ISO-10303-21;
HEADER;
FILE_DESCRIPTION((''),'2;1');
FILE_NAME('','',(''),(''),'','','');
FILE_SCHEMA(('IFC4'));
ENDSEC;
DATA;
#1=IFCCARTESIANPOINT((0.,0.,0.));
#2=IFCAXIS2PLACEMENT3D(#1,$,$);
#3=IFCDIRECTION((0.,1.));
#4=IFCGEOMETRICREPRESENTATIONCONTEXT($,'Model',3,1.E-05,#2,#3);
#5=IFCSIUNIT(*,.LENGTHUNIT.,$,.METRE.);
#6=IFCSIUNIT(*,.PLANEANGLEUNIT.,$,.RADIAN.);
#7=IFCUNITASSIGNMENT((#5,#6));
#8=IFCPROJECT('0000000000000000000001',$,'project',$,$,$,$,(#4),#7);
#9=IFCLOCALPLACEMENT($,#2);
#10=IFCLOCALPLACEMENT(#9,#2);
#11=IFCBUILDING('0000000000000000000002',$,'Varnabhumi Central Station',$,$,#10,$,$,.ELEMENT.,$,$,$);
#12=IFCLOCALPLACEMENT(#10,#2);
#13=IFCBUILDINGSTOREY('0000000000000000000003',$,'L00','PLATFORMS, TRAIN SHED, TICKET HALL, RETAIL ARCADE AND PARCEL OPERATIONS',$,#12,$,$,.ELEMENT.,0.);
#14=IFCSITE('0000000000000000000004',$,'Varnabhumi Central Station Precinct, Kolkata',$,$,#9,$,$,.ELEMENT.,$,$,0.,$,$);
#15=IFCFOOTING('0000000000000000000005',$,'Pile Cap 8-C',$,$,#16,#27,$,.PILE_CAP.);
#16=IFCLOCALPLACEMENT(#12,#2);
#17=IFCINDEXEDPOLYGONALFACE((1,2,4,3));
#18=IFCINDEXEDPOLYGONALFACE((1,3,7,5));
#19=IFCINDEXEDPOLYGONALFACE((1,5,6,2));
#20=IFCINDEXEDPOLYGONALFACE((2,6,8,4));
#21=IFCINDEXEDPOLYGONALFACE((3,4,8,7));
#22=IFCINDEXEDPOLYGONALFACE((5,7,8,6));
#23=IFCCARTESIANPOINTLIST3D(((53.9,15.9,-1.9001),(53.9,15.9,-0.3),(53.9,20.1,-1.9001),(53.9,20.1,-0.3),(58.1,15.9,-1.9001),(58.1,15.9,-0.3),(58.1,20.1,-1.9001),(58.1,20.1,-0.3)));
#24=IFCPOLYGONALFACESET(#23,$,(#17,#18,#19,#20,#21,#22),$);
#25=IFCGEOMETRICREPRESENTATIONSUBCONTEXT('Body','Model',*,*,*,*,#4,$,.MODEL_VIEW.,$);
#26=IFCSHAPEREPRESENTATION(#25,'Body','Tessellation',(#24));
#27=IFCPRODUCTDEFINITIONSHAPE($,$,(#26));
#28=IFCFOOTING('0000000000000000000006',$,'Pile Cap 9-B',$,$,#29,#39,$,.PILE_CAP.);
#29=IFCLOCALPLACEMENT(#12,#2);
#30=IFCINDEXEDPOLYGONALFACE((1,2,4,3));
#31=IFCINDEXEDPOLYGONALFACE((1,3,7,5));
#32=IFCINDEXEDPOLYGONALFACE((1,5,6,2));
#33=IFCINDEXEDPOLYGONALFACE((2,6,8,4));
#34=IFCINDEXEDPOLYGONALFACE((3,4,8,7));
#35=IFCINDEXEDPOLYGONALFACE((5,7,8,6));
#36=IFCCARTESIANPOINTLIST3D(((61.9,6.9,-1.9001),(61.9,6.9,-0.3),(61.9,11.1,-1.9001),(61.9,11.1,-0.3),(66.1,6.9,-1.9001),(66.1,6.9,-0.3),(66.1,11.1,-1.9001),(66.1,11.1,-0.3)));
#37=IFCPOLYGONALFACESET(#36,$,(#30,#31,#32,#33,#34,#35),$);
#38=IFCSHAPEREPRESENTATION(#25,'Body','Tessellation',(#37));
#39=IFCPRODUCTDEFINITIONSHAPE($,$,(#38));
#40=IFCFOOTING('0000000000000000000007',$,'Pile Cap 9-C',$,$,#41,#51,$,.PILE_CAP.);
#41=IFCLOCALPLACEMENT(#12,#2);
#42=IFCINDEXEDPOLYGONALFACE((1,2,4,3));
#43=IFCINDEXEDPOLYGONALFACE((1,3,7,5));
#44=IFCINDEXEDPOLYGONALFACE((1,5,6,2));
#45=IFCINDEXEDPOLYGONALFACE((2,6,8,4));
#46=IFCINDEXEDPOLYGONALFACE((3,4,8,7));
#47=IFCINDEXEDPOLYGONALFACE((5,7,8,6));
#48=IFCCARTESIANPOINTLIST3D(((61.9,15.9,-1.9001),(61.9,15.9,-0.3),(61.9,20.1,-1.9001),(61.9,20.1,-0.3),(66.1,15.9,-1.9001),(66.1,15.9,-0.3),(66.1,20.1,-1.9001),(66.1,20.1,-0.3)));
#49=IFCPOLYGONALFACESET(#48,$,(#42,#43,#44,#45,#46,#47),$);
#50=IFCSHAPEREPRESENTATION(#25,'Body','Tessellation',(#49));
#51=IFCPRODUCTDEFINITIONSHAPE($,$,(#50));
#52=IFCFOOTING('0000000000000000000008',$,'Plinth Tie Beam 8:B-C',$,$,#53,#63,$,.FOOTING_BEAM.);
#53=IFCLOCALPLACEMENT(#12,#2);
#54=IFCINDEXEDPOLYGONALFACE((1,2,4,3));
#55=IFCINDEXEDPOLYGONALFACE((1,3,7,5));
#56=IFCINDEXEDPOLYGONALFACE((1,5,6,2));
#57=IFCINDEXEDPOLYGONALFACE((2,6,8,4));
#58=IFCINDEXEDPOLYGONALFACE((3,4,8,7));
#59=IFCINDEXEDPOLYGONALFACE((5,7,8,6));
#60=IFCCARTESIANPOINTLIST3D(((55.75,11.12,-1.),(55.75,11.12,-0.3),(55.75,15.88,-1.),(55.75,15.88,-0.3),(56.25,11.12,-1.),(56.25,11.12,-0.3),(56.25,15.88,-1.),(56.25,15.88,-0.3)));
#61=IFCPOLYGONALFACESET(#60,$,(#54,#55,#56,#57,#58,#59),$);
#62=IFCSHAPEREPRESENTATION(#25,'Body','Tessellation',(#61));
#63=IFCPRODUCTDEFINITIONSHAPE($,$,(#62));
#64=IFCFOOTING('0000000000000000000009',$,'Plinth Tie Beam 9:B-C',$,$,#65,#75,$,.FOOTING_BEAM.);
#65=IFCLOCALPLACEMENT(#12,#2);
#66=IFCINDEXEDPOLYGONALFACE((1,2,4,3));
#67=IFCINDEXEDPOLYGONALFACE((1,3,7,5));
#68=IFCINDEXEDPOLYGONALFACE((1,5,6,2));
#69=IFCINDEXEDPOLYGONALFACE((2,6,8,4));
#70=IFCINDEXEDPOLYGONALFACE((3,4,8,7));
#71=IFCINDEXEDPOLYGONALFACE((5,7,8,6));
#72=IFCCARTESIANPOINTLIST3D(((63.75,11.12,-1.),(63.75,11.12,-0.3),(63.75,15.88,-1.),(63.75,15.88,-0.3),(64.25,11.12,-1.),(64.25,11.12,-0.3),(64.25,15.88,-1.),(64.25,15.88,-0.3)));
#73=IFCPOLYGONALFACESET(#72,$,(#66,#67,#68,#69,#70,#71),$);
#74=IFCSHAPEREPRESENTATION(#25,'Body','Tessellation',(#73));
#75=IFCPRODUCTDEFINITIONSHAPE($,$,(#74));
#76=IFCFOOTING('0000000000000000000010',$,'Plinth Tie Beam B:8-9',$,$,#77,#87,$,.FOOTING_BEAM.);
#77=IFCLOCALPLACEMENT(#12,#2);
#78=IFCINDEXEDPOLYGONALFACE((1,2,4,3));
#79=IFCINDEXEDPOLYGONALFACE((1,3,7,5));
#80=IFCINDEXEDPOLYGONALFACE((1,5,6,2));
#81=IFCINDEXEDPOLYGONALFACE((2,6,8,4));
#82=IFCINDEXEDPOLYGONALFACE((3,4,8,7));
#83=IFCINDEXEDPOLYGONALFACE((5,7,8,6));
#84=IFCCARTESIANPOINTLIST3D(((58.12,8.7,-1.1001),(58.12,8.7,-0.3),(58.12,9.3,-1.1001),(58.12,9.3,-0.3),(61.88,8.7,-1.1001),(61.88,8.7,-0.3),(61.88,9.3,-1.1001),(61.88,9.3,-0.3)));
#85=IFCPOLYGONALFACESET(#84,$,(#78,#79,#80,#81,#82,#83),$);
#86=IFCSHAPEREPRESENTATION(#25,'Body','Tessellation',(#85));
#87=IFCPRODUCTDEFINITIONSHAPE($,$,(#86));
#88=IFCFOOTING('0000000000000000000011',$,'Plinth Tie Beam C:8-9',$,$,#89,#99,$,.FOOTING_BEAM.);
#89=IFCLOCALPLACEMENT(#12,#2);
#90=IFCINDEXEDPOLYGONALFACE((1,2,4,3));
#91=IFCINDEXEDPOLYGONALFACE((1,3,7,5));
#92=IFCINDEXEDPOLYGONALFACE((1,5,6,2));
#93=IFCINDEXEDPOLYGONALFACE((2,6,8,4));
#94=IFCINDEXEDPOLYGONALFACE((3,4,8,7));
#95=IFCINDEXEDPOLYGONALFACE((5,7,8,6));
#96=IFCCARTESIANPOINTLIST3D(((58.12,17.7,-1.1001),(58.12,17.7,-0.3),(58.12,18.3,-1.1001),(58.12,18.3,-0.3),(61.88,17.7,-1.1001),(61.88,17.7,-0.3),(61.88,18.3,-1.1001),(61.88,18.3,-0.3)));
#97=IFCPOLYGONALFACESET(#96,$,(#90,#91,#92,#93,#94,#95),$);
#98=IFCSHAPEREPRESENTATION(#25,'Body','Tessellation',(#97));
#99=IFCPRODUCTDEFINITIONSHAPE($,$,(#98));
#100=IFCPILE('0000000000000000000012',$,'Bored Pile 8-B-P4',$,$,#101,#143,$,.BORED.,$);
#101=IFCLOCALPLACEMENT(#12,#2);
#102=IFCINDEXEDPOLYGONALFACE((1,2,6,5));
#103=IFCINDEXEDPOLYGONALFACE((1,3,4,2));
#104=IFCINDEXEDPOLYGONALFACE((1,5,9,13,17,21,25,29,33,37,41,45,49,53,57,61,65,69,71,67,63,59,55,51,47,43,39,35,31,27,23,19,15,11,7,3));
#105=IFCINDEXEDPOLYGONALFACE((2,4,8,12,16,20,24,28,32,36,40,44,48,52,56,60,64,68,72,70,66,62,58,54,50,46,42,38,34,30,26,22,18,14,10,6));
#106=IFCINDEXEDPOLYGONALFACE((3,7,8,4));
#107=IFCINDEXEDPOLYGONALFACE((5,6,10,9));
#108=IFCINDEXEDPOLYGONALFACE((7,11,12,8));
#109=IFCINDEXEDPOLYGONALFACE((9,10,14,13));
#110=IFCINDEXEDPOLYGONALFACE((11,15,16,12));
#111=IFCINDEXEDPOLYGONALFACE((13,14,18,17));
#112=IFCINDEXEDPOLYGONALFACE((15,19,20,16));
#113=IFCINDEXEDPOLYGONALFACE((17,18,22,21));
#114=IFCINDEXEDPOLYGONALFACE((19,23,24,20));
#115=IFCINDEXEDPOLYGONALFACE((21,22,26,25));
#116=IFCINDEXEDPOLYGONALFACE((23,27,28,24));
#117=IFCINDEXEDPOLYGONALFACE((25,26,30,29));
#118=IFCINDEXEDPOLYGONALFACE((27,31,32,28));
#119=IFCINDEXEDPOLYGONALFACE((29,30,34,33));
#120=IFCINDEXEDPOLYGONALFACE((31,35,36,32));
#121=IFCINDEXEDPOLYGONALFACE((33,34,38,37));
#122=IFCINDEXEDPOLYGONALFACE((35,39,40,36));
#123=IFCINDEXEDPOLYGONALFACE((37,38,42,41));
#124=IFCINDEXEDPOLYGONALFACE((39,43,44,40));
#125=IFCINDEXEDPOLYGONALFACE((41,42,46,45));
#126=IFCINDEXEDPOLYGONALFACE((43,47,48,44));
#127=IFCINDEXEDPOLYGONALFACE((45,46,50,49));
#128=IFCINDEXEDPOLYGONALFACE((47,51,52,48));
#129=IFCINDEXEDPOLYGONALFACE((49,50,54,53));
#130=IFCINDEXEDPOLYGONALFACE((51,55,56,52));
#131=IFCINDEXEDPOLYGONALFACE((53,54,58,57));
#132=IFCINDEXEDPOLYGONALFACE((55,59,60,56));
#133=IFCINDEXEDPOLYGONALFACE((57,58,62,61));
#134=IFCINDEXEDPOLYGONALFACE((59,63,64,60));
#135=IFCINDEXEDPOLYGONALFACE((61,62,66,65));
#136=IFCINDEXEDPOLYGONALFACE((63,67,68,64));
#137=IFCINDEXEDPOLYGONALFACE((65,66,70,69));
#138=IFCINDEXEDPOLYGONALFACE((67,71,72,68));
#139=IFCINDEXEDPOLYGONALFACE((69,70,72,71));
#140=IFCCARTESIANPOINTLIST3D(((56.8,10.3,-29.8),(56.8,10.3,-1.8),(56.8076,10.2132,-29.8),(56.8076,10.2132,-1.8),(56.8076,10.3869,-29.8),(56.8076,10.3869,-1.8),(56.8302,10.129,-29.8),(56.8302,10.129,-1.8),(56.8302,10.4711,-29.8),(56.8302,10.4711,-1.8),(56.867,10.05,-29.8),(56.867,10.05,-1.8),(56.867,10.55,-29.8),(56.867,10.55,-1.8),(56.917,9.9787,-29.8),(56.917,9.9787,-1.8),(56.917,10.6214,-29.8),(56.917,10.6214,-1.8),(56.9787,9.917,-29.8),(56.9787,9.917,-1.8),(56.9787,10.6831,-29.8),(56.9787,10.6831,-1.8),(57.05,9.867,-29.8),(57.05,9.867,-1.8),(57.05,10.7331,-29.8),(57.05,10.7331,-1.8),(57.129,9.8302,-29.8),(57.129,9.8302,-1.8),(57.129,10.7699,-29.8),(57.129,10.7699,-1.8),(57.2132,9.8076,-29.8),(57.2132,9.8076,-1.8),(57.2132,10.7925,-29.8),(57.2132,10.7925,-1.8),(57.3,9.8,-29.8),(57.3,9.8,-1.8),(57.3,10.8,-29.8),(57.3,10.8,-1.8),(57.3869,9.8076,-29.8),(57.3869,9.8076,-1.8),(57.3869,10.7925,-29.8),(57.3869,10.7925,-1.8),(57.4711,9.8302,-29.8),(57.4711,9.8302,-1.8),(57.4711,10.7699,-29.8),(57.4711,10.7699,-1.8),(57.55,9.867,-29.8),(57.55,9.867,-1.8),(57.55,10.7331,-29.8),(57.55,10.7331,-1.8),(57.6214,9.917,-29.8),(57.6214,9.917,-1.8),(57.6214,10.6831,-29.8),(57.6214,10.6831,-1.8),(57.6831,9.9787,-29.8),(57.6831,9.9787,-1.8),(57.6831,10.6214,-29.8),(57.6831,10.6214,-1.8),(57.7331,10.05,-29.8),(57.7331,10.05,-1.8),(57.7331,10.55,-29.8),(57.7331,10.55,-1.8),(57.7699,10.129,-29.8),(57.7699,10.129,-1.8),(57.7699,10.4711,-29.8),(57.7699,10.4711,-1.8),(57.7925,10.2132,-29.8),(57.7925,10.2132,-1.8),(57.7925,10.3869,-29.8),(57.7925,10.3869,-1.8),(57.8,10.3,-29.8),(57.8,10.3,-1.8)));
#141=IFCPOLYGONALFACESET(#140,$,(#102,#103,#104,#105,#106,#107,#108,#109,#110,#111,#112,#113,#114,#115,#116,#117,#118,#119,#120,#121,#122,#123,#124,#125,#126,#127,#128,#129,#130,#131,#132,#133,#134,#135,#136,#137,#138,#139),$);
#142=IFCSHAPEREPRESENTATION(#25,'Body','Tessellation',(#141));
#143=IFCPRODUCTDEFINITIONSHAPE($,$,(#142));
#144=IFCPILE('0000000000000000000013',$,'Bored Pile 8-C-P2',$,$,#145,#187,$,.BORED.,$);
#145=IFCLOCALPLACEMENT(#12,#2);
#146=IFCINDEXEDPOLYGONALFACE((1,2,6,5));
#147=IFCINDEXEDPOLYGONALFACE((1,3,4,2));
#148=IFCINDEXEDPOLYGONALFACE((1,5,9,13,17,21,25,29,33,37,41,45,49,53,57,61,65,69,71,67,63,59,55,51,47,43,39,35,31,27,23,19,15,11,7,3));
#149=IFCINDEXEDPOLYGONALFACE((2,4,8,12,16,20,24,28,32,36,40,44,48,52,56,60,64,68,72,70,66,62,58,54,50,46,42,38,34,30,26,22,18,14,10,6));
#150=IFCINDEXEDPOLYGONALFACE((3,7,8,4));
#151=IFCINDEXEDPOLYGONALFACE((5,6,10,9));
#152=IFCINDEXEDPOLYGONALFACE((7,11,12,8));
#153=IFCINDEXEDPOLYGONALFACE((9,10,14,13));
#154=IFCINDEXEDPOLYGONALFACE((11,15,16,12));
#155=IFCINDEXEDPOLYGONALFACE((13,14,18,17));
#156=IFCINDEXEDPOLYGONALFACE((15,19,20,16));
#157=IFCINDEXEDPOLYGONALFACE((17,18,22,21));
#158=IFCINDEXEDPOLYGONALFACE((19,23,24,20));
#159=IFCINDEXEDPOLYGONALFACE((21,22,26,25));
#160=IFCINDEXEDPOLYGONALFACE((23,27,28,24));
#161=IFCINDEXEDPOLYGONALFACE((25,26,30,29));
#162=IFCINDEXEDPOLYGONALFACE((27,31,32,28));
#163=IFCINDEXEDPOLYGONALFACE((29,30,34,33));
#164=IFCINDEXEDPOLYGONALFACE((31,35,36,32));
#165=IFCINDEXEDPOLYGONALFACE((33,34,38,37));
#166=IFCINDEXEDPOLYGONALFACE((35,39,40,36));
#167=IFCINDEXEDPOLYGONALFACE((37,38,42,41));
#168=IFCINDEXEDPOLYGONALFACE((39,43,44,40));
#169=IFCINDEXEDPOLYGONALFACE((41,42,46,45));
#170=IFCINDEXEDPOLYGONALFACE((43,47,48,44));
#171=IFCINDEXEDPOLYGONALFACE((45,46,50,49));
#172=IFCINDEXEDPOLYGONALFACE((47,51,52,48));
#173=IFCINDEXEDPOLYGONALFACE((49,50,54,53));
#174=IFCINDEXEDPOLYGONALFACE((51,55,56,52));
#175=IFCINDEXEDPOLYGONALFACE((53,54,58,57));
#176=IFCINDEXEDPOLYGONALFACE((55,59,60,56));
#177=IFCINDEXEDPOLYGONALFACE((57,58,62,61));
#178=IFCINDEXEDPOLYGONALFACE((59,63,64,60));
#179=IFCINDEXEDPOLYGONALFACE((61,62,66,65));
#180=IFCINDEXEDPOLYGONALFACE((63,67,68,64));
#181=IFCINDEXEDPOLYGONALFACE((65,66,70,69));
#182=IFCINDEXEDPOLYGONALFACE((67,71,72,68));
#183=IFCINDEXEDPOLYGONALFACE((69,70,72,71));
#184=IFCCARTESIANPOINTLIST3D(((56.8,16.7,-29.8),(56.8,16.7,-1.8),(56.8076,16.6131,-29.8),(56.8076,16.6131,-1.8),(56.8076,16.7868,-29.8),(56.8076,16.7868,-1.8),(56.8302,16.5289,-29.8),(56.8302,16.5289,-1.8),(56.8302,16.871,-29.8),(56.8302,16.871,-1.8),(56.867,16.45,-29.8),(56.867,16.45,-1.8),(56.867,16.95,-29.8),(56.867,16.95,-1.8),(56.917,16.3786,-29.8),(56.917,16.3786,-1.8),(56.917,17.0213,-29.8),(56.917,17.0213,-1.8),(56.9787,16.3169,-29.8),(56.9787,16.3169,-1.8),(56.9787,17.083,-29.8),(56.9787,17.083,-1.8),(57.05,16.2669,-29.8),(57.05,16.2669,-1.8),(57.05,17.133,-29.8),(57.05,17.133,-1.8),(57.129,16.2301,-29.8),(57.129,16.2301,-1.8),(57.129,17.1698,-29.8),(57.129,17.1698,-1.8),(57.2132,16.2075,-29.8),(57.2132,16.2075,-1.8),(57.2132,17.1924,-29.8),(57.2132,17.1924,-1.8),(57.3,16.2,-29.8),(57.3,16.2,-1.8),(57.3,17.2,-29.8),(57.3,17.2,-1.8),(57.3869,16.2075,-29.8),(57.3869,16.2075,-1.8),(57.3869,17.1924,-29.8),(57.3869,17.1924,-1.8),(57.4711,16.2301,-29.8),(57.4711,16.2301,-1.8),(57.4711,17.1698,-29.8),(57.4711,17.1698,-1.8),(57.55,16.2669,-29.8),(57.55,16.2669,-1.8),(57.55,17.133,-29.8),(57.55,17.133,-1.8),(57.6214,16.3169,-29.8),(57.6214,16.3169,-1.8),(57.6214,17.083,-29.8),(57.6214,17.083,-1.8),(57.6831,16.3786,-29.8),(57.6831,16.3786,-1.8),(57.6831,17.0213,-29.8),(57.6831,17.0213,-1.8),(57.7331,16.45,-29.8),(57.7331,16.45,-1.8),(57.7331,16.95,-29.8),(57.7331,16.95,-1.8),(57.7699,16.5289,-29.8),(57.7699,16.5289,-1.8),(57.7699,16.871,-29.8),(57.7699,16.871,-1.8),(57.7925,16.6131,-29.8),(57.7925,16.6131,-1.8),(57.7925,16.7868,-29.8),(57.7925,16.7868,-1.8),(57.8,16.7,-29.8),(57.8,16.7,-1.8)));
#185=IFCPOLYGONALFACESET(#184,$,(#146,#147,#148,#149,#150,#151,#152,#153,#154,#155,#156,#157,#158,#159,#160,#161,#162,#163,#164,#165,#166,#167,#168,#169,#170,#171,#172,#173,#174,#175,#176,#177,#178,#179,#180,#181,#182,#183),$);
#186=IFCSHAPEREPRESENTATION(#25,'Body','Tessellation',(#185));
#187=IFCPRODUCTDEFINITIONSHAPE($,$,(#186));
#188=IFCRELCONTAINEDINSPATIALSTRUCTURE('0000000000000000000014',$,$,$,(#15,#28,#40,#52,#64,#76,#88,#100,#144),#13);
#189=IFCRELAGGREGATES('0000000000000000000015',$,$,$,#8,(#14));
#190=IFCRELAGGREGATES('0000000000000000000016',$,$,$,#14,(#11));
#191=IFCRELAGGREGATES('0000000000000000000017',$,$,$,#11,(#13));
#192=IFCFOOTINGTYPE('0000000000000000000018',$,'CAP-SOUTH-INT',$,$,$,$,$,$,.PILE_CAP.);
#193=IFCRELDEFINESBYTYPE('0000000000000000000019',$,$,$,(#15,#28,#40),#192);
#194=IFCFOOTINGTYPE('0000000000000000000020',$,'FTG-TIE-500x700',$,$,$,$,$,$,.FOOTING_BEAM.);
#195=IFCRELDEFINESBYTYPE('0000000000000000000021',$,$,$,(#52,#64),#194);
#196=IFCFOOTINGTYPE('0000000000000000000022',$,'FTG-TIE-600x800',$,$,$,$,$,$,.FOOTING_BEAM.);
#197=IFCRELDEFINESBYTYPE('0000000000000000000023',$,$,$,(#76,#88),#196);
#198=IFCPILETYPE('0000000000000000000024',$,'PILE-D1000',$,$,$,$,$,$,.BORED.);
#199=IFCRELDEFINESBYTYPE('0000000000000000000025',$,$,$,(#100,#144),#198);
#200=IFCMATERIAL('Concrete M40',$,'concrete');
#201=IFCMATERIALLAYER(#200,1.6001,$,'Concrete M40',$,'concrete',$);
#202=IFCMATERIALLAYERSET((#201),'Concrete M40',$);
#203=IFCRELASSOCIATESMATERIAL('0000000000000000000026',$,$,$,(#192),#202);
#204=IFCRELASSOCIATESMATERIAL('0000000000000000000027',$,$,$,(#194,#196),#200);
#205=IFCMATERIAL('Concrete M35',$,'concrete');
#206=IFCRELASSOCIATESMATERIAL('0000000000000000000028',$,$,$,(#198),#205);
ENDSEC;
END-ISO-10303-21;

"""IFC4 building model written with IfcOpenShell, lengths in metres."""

from ifc_helpers import new_model, si_unit, direction, frame, origin, origin_2d, place, context, subcontext, project, spatial, rectangle, circle, extrude, material, layer, layer_set, material_profile, profile_set, type_object, element, save


model = new_model("IFC4")

# Units and contexts
model_context = context("Model", 3, precision=1e-05, world=origin(), true_north=direction((0.0, 1.0)))
body_context = subcontext(model_context, "Body", "Model", "MODEL_VIEW")
ifc_project = project(units=[si_unit("LENGTHUNIT", "METRE"), si_unit("PLANEANGLEUNIT", "RADIAN")], contexts=[model_context])

# Site, building, storey
site_placement = place(None, origin())
site = spatial("IfcSite", under=ifc_project, at=site_placement, Name="Varnabhumi Central Station Precinct, Kolkata", CompositionType="ELEMENT", RefElevation=0.0)
building_placement = place(site_placement, origin())
building = spatial("IfcBuilding", under=site, at=building_placement, Name="Varnabhumi Central Station", CompositionType="ELEMENT")
storey_placement = place(building_placement, origin())
storey = spatial("IfcBuildingStorey", under=building, at=storey_placement, Name="L00", Description="PLATFORMS, TRAIN SHED, TICKET HALL, RETAIL ARCADE AND PARCEL OPERATIONS", CompositionType="ELEMENT", Elevation=0.0)

# Footings
ifc_material_1 = material(Name="Concrete M40", Category="concrete")
ifc_layer_1 = layer(ifc_material_1, 1.6001, Name="Concrete M40", Category="concrete")
ifc_layer_set_1 = layer_set([ifc_layer_1], Name="Concrete M40")
footing_type_1 = type_object("IfcFootingType", Name="CAP-SOUTH-INT", PredefinedType="PILE_CAP", material=ifc_layer_set_1)
for number, where, z_axis, x_axis, name in (
    (1, (56.0, 18.0, -1.9001), (0.0, 0.0, 1.0), (1.0, 0.0, 0.0), "Pile Cap 8-C"),
    (2, (64.0, 9.0, -1.9001), (0.0, 0.0, 1.0), (1.0, 0.0, 0.0), "Pile Cap 9-B"),
    (3, (64.0, 18.0, -1.9001), (0.0, 0.0, 1.0), (1.0, 0.0, 0.0), "Pile Cap 9-C"),
):
    element("IfcFooting", number, at=place(storey_placement, frame(where, z_axis=z_axis, x_axis=x_axis)), inside=storey, type_object=footing_type_1, Name=name, PredefinedType="PILE_CAP", context=body_context, shape_type="SweptSolid", body=[
        extrude(rectangle(XDim=4.2, YDim=4.2, at=origin_2d()), origin(), (0.0, 0.0, 1.0), 1.6001),
    ])
footing_type_2 = type_object("IfcFootingType", Name="FTG-TIE-500x700", PredefinedType="FOOTING_BEAM", material=ifc_material_1)
for number, where, z_axis, x_axis, name in (
    (4, (56.0, 13.5, -1.0), (0.0, 0.0, 1.0), (1.0, 0.0, 0.0), "Plinth Tie Beam 8:B-C"),
    (5, (64.0, 13.5, -1.0), (0.0, 0.0, 1.0), (1.0, 0.0, 0.0), "Plinth Tie Beam 9:B-C"),
):
    element("IfcFooting", number, at=place(storey_placement, frame(where, z_axis=z_axis, x_axis=x_axis)), inside=storey, type_object=footing_type_2, Name=name, PredefinedType="FOOTING_BEAM", context=body_context, shape_type="SweptSolid", body=[
        extrude(rectangle(XDim=0.5, YDim=4.76, at=origin_2d()), origin(), (0.0, 0.0, 1.0), 0.7),
    ])
footing_type_3 = type_object("IfcFootingType", Name="FTG-TIE-600x800", PredefinedType="FOOTING_BEAM", material=ifc_material_1)
for number, where, z_axis, x_axis, name in (
    (6, (60.0, 9.0, -1.1001), (0.0, 0.0, 1.0), (1.0, 0.0, 0.0), "Plinth Tie Beam B:8-9"),
    (7, (60.0, 18.0, -1.1001), (0.0, 0.0, 1.0), (1.0, 0.0, 0.0), "Plinth Tie Beam C:8-9"),
):
    element("IfcFooting", number, at=place(storey_placement, frame(where, z_axis=z_axis, x_axis=x_axis)), inside=storey, type_object=footing_type_3, Name=name, PredefinedType="FOOTING_BEAM", context=body_context, shape_type="SweptSolid", body=[
        extrude(rectangle(XDim=3.76, YDim=0.6001, at=origin_2d()), origin(), (0.0, 0.0, 1.0), 0.8),
    ])

# Piles
ifc_material_2 = material(Name="Concrete M35", Category="concrete")
ifc_material_profile_1 = material_profile(ifc_material_2, circle(Radius=0.5, at=origin_2d()), Name="Concrete M35", Category="concrete")
ifc_profile_set_1 = profile_set([ifc_material_profile_1], Name="Concrete M35")
pile_type = type_object("IfcPileType", Name="PILE-D1000", PredefinedType="BORED", material=ifc_profile_set_1)
for number, where, z_axis, x_axis, name in (
    (8, (57.3, 10.3, -1.8), (0.0, 0.0, -1.0), (1.0, 0.0, 0.0), "Bored Pile 8-B-P4"),
    (9, (57.3, 16.7, -1.8), (0.0, 0.0, -1.0), (1.0, 0.0, 0.0), "Bored Pile 8-C-P2"),
):
    element("IfcPile", number, at=place(storey_placement, frame(where, z_axis=z_axis, x_axis=x_axis)), inside=storey, type_object=pile_type, Name=name, PredefinedType="BORED", context=body_context, shape_type="SweptSolid", body=[
        extrude(circle(Radius=0.5, at=origin_2d()), origin(), (0.0, 0.0, 1.0), 28.0),
    ])

save(model, "model.ifc")
